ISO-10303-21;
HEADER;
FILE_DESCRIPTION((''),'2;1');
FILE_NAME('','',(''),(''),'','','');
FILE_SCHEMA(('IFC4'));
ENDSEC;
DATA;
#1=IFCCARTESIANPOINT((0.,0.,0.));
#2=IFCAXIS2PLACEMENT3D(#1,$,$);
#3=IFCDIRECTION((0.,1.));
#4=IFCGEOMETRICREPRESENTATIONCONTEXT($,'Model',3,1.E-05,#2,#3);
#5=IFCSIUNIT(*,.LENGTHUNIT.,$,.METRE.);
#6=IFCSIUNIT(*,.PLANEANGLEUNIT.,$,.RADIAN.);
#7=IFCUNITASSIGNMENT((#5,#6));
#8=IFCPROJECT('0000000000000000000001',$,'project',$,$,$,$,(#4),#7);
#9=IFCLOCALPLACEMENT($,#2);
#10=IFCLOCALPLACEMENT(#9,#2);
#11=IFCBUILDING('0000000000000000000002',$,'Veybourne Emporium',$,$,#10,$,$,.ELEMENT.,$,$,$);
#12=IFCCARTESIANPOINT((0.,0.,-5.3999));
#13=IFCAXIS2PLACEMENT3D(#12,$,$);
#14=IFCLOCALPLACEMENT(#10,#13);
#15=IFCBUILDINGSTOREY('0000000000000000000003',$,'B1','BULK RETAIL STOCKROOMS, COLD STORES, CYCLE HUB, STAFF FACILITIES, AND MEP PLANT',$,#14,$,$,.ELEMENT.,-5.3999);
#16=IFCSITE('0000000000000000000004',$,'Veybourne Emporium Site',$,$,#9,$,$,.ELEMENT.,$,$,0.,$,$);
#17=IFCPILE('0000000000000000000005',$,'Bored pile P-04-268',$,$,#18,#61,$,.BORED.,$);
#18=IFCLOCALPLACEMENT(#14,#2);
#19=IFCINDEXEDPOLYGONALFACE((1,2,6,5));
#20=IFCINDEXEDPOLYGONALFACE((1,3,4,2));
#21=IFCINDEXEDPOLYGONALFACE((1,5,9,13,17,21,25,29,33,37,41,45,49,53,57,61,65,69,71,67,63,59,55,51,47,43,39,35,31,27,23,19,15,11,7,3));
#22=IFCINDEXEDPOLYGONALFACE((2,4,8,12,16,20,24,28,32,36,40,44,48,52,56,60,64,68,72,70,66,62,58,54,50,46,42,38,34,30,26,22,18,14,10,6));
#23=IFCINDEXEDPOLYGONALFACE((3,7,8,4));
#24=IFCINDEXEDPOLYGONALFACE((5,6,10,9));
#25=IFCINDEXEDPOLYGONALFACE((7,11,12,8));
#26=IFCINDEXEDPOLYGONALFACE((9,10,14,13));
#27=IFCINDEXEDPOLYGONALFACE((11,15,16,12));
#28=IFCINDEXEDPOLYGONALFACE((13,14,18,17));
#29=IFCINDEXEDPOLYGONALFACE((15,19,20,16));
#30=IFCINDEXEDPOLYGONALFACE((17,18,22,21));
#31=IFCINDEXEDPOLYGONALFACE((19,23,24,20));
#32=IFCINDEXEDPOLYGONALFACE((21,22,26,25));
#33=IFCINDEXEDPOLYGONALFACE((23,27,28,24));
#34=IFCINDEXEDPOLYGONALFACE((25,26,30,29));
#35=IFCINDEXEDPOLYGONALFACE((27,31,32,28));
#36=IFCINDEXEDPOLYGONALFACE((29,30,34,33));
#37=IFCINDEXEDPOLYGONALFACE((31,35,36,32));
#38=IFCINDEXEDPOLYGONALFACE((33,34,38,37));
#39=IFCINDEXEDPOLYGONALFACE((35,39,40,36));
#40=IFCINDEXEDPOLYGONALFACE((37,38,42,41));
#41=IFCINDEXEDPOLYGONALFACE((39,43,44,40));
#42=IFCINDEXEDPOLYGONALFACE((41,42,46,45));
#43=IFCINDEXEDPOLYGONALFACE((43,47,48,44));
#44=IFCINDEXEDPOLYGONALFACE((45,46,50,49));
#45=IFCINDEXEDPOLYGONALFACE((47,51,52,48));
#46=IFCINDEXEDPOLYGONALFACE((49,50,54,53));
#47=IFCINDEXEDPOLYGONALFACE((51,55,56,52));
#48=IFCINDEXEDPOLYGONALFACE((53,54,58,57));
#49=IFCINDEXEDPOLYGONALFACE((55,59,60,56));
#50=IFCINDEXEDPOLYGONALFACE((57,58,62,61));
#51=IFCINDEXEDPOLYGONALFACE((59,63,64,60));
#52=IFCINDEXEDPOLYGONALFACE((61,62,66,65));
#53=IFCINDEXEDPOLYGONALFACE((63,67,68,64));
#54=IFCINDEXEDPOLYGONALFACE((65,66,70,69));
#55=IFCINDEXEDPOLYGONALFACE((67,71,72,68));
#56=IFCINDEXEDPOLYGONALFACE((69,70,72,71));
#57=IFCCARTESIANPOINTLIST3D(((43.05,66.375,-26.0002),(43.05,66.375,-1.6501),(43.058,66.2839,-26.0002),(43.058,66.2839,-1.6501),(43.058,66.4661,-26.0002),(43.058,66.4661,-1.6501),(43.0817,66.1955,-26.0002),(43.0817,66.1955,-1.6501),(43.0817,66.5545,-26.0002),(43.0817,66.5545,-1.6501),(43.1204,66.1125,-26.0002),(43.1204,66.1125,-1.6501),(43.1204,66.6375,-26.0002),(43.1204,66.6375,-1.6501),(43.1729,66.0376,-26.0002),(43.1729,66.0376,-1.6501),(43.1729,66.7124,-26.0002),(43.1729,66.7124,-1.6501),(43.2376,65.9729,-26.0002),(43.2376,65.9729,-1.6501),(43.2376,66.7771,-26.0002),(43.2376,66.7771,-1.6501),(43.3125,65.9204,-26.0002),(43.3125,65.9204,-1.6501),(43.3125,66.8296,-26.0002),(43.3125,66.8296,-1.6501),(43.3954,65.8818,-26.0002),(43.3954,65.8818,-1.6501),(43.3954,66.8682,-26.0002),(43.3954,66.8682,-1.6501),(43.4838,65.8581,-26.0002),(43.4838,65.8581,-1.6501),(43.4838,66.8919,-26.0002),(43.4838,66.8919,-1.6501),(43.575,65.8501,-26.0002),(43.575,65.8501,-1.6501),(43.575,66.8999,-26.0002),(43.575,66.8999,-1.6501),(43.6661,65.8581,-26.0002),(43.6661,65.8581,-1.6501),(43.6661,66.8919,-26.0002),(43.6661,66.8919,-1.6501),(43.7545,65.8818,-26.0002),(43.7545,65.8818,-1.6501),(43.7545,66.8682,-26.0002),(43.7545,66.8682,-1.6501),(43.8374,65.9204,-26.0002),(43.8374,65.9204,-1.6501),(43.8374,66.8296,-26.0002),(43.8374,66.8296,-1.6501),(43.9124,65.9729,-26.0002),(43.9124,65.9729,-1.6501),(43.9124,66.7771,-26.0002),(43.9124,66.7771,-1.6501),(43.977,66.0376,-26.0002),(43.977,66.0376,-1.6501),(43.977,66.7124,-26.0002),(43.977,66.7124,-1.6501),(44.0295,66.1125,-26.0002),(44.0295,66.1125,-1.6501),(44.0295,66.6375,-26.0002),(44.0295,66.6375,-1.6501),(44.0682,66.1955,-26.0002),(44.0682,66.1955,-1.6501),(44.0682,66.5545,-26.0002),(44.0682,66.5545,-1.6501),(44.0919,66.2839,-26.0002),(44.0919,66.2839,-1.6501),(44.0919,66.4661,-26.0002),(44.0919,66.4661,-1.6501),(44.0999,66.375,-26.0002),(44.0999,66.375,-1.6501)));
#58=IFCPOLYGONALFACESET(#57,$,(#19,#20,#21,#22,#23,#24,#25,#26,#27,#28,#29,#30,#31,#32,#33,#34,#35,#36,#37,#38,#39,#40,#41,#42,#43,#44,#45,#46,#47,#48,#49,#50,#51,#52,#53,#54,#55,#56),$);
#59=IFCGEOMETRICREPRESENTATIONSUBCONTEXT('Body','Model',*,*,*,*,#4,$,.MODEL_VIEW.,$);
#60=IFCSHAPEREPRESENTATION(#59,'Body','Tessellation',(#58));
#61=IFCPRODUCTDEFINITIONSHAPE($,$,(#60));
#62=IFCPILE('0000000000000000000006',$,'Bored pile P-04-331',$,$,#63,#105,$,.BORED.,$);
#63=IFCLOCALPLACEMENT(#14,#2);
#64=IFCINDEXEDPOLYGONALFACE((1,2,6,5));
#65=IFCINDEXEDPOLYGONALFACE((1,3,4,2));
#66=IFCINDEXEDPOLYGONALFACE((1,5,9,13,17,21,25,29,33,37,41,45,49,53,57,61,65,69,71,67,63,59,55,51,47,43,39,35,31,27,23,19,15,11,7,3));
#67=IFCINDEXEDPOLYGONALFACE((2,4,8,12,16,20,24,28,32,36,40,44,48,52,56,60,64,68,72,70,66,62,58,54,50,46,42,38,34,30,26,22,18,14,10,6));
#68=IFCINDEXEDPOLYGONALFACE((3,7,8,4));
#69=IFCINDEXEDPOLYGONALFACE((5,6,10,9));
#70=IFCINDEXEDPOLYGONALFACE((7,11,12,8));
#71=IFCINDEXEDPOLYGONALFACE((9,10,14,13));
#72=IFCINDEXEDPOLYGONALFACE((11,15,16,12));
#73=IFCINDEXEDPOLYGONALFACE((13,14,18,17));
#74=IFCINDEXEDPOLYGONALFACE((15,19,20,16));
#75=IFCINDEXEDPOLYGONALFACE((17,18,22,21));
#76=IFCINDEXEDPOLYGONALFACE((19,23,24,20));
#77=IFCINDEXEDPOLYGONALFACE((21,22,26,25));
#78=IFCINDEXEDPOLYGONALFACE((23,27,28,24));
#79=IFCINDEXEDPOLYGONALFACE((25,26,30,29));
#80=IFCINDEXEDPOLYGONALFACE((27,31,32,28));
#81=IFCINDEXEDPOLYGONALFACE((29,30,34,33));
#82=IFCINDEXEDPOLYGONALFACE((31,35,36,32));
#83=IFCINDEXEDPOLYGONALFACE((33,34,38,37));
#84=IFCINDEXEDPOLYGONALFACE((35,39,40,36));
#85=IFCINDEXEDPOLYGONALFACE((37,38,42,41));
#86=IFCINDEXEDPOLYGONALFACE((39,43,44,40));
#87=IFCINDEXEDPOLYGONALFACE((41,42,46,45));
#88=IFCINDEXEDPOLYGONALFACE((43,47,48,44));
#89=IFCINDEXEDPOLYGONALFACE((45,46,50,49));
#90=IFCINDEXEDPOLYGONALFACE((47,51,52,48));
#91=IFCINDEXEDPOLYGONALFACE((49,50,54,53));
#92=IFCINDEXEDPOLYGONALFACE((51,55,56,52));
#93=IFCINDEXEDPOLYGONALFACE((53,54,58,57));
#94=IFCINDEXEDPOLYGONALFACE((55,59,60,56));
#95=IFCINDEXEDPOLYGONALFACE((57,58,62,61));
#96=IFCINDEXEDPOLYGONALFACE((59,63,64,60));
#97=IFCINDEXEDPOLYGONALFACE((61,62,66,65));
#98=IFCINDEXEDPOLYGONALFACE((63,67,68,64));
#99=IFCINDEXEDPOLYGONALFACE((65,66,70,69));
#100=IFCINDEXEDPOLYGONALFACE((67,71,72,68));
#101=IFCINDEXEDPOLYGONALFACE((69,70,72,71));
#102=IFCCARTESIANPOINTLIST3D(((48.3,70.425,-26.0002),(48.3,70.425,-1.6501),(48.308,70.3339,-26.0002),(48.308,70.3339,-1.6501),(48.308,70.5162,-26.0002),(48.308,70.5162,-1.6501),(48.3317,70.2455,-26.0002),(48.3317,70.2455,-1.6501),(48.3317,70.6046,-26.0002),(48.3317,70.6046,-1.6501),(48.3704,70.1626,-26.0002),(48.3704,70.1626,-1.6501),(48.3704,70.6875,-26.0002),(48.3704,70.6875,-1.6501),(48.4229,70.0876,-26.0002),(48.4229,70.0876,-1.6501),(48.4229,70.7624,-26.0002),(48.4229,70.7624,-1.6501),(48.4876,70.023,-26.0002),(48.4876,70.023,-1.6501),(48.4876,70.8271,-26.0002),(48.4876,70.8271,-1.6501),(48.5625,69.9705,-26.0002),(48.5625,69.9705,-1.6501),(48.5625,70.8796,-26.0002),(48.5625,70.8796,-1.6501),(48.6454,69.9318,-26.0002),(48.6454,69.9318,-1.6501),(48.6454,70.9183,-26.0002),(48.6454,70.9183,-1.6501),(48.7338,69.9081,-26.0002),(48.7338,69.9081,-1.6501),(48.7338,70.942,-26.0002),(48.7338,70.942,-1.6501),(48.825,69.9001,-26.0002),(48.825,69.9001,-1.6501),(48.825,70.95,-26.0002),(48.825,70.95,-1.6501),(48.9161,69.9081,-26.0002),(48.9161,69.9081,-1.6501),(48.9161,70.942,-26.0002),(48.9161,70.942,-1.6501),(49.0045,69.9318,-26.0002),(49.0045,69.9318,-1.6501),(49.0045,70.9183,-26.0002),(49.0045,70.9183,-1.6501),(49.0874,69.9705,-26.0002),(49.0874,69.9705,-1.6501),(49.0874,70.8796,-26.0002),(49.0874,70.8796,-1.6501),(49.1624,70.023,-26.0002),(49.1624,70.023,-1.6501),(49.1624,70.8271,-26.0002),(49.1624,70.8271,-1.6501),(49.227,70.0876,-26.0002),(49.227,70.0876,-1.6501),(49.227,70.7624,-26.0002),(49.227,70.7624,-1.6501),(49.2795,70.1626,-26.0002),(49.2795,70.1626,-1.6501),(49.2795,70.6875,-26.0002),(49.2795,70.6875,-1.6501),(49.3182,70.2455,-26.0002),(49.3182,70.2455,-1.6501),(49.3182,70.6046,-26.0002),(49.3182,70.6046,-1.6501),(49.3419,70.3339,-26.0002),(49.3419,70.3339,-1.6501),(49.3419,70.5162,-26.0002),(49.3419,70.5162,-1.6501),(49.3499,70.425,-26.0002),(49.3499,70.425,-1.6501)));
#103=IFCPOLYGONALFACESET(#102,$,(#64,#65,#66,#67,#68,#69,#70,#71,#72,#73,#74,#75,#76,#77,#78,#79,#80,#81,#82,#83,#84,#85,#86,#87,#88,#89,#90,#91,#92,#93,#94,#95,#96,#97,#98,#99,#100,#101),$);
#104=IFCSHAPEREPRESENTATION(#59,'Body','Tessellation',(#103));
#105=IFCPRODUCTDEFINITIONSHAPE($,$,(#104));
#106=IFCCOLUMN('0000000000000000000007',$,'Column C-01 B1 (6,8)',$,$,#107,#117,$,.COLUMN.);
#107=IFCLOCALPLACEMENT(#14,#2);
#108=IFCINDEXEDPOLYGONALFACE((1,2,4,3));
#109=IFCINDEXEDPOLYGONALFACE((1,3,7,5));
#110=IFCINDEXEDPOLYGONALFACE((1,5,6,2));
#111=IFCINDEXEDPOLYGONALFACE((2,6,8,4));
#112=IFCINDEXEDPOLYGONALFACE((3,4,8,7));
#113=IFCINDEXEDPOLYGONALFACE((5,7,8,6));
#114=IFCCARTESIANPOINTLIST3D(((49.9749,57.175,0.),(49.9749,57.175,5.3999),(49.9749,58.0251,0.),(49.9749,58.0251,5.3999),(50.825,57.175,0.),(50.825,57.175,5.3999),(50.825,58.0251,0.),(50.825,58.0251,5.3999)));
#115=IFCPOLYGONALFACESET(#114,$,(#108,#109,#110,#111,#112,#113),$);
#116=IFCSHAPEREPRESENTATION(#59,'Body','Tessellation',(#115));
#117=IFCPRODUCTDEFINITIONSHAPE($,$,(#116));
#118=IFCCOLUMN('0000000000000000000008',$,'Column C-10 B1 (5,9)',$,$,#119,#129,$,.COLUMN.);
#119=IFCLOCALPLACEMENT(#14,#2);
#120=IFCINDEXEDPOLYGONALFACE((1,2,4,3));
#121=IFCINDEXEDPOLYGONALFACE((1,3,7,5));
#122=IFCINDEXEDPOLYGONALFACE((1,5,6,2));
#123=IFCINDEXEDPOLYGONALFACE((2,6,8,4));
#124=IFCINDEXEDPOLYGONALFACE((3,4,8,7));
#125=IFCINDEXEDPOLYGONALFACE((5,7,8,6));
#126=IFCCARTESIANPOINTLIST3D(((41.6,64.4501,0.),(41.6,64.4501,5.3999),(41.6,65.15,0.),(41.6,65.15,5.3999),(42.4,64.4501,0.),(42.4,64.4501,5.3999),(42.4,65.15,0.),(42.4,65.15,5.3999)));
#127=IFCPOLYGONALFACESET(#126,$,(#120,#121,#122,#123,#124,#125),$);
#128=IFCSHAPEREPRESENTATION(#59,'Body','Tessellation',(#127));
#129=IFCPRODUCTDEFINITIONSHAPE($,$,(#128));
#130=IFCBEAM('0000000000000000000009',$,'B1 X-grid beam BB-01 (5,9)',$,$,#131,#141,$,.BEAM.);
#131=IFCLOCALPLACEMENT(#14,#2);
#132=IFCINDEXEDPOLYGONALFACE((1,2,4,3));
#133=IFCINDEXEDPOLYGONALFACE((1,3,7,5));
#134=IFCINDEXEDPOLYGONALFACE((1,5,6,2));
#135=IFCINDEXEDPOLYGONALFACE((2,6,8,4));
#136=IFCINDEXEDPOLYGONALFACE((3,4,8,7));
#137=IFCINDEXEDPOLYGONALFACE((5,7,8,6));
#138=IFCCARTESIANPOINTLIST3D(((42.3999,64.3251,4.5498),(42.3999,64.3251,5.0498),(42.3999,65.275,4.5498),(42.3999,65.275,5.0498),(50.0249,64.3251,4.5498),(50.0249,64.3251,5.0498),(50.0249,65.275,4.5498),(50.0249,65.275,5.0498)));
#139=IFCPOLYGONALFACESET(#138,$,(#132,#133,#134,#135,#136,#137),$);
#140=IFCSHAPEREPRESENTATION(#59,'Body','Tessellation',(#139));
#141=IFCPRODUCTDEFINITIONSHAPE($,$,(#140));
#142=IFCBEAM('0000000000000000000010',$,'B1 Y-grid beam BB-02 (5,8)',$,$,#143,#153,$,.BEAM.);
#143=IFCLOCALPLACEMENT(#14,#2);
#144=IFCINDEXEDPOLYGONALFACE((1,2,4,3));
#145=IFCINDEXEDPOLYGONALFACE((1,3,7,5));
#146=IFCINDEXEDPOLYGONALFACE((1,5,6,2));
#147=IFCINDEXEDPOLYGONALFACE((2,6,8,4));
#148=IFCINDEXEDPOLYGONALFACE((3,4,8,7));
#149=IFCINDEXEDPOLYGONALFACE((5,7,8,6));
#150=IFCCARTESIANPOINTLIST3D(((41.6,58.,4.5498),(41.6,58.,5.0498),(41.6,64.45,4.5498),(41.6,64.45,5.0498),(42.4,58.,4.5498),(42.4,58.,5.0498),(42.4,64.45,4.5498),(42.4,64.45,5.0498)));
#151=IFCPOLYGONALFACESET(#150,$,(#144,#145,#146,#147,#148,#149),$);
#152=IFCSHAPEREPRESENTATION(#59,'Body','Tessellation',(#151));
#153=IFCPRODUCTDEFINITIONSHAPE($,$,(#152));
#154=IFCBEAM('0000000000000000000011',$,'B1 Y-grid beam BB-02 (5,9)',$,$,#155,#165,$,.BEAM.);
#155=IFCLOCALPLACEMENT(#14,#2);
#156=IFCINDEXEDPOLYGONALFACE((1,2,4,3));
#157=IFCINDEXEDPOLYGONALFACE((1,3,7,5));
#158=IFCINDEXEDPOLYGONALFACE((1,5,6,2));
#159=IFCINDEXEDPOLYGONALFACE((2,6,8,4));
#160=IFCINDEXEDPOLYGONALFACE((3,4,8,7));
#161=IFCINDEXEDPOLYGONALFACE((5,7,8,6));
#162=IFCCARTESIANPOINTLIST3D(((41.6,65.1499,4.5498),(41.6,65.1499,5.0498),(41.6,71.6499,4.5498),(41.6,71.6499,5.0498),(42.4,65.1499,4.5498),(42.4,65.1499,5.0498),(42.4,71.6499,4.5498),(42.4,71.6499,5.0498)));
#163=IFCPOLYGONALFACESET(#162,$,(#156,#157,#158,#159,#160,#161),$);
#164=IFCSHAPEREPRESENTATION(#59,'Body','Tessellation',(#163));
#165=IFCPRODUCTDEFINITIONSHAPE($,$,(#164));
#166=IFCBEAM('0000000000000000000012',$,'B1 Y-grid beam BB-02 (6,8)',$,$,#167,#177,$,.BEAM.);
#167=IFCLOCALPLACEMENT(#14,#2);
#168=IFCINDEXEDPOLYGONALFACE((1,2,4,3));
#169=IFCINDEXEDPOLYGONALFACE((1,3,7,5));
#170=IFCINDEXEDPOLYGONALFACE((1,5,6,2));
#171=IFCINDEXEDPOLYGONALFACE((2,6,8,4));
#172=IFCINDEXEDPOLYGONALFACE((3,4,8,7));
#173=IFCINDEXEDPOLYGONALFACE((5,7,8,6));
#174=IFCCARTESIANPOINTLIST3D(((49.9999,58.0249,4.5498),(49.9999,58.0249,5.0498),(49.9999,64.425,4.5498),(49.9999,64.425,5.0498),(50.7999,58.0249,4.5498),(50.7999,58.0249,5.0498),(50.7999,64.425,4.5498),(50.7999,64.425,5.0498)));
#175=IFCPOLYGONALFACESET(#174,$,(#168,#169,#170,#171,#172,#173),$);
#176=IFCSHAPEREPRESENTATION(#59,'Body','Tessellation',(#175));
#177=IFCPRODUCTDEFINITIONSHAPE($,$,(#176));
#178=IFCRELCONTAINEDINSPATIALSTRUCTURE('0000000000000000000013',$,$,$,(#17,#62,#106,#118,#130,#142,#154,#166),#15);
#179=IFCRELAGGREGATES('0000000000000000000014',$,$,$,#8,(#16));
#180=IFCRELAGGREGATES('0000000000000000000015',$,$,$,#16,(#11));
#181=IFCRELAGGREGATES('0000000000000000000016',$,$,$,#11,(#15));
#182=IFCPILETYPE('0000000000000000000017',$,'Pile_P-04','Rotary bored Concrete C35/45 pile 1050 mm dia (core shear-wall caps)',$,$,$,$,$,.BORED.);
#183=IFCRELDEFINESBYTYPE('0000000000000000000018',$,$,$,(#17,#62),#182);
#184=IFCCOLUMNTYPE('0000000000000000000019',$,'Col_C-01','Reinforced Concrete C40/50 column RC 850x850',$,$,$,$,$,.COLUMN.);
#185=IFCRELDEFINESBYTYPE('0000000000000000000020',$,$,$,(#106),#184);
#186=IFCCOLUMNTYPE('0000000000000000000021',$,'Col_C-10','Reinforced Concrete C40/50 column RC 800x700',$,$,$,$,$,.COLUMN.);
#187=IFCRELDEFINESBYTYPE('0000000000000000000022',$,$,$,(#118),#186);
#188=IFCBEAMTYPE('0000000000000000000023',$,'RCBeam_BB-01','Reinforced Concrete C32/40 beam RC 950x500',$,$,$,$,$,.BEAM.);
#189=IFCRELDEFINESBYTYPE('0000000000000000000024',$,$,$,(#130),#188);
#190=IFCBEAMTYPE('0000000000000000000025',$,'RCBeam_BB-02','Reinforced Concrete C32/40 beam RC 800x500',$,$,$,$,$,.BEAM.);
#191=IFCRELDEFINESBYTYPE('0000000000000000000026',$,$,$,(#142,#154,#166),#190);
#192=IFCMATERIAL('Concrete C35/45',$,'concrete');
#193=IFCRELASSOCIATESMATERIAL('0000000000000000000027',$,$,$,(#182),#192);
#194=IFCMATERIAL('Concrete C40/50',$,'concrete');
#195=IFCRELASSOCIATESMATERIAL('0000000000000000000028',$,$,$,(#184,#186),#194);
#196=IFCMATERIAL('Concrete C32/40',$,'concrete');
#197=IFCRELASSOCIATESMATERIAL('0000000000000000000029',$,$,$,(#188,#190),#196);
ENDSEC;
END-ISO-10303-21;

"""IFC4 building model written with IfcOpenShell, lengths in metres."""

from ifc_helpers import new_model, si_unit, direction, frame, origin, origin_2d, place, context, subcontext, project, spatial, rectangle, circle, extrude, material, material_profile, profile_set, type_object, element, save


model = new_model("IFC4")

# Units and contexts
model_context = context("Model", 3, precision=1e-05, world=origin(), true_north=direction((0.0, 1.0)))
body_context = subcontext(model_context, "Body", "Model", "MODEL_VIEW")
ifc_project = project(units=[si_unit("LENGTHUNIT", "METRE"), si_unit("PLANEANGLEUNIT", "RADIAN")], contexts=[model_context])

# Site, building, storey
site_placement = place(None, origin())
site = spatial("IfcSite", under=ifc_project, at=site_placement, Name="Veybourne Emporium Site", CompositionType="ELEMENT", RefElevation=0.0)
building_placement = place(site_placement, origin())
building = spatial("IfcBuilding", under=site, at=building_placement, Name="Veybourne Emporium", CompositionType="ELEMENT")
storey_placement = place(building_placement, frame((0.0, 0.0, -5.3999)))
storey = spatial("IfcBuildingStorey", under=building, at=storey_placement, Name="B1", Description="BULK RETAIL STOCKROOMS, COLD STORES, CYCLE HUB, STAFF FACILITIES, AND MEP PLANT", CompositionType="ELEMENT", Elevation=-5.3999)

# Shared definitions
ifc_material_1 = material(Name="Concrete C35/45", Category="concrete")

# Piles
ifc_material_profile_1 = material_profile(ifc_material_1, circle(Radius=0.5249, at=origin_2d()), Name="BORED PILE 1050")
ifc_profile_set_1 = profile_set([ifc_material_profile_1], Name="Concrete C35/45")
pile_type_1 = type_object("IfcPileType", Name="Pile_P-04", Description="Rotary bored Concrete C35/45 pile 1050 mm dia (core shear-wall caps)", PredefinedType="BORED", material=ifc_profile_set_1)
for number, where, z_axis, x_axis, name in (
    (1, (43.575, 66.375, -1.6501), (0.0, 0.0, -1.0), (1.0, 0.0, 0.0), "Bored pile P-04-268"),
    (2, (48.825, 70.425, -1.6501), (0.0, 0.0, -1.0), (1.0, 0.0, 0.0), "Bored pile P-04-331"),
):
    element("IfcPile", number, at=place(storey_placement, frame(where, z_axis=z_axis, x_axis=x_axis)), inside=storey, type_object=pile_type_1, Name=name, PredefinedType="BORED", context=body_context, shape_type="SweptSolid", body=[
        extrude(circle(Radius=0.5249, at=origin_2d()), origin(), (0.0, 0.0, 1.0), 24.3501),
    ])

# Columns
ifc_material_2 = material(Name="Concrete C40/50", Category="concrete")
ifc_material_profile_2 = material_profile(ifc_material_2, rectangle(XDim=0.8501, YDim=0.8501, at=origin_2d()), Name="RC 850x850")
ifc_profile_set_2 = profile_set([ifc_material_profile_2], Name="Concrete C40/50")
column_type_1 = type_object("IfcColumnType", Name="Col_C-01", Description="Reinforced Concrete C40/50 column RC 850x850", PredefinedType="COLUMN", material=ifc_profile_set_2)
column_1_placement = place(storey_placement, frame((50.3999, 57.6001, 0.0), z_axis=(0.0, 0.0, 1.0), x_axis=(1.0, 0.0, 0.0)))
element("IfcColumn", 3, at=column_1_placement, inside=storey, type_object=column_type_1, Name="Column C-01 B1 (6,8)", PredefinedType="COLUMN", context=body_context, shape_type="SweptSolid", body=[
    extrude(rectangle(XDim=0.8501, YDim=0.8501, at=origin_2d()), origin(), (0.0, 0.0, 1.0), 5.3999),
])
ifc_material_profile_3 = material_profile(ifc_material_2, rectangle(XDim=0.8, YDim=0.7, at=origin_2d()), Name="RC 800x700")
ifc_profile_set_3 = profile_set([ifc_material_profile_3], Name="Concrete C40/50")
column_type_2 = type_object("IfcColumnType", Name="Col_C-10", Description="Reinforced Concrete C40/50 column RC 800x700", PredefinedType="COLUMN", material=ifc_profile_set_3)
column_2_placement = place(storey_placement, frame((42.0, 64.8, 0.0), z_axis=(0.0, 0.0, 1.0), x_axis=(1.0, 0.0, 0.0)))
element("IfcColumn", 4, at=column_2_placement, inside=storey, type_object=column_type_2, Name="Column C-10 B1 (5,9)", PredefinedType="COLUMN", context=body_context, shape_type="SweptSolid", body=[
    extrude(rectangle(XDim=0.8, YDim=0.7, at=origin_2d()), origin(), (0.0, 0.0, 1.0), 5.3999),
])

# Beams
ifc_material_3 = material(Name="Concrete C32/40", Category="concrete")
ifc_material_profile_4 = material_profile(ifc_material_3, rectangle(XDim=0.95, YDim=0.5, at=origin_2d()), Name="RC 950x500")
ifc_profile_set_4 = profile_set([ifc_material_profile_4], Name="Concrete C32/40")
beam_type_1 = type_object("IfcBeamType", Name="RCBeam_BB-01", Description="Reinforced Concrete C32/40 beam RC 950x500", PredefinedType="BEAM", material=ifc_profile_set_4)
beam_1_placement = place(storey_placement, frame((42.3999, 64.8, 4.7998), z_axis=(1.0, 0.0, 0.0), x_axis=(0.0, 1.0, 0.0)))
element("IfcBeam", 5, at=beam_1_placement, inside=storey, type_object=beam_type_1, Name="B1 X-grid beam BB-01 (5,9)", PredefinedType="BEAM", context=body_context, shape_type="SweptSolid", body=[
    extrude(rectangle(XDim=0.95, YDim=0.5, at=origin_2d()), origin(), (0.0, 0.0, 1.0), 7.625),
])
ifc_material_profile_5 = material_profile(ifc_material_3, rectangle(XDim=0.8, YDim=0.5, at=origin_2d()), Name="RC 800x500")
ifc_profile_set_5 = profile_set([ifc_material_profile_5], Name="Concrete C32/40")
beam_type_2 = type_object("IfcBeamType", Name="RCBeam_BB-02", Description="Reinforced Concrete C32/40 beam RC 800x500", PredefinedType="BEAM", material=ifc_profile_set_5)
beam_2_placement = place(storey_placement, frame((42.0, 58.0, 4.7998), z_axis=(0.0, 1.0, 0.0), x_axis=(-1.0, 0.0, 0.0)))
element("IfcBeam", 6, at=beam_2_placement, inside=storey, type_object=beam_type_2, Name="B1 Y-grid beam BB-02 (5,8)", PredefinedType="BEAM", context=body_context, shape_type="SweptSolid", body=[
    extrude(rectangle(XDim=0.8, YDim=0.5, at=origin_2d()), origin(), (0.0, 0.0, 1.0), 6.45),
])
beam_3_placement = place(storey_placement, frame((42.0, 65.1499, 4.7998), z_axis=(0.0, 1.0, 0.0), x_axis=(-1.0, 0.0, 0.0)))
element("IfcBeam", 7, at=beam_3_placement, inside=storey, type_object=beam_type_2, Name="B1 Y-grid beam BB-02 (5,9)", PredefinedType="BEAM", context=body_context, shape_type="SweptSolid", body=[
    extrude(rectangle(XDim=0.8, YDim=0.5, at=origin_2d()), origin(), (0.0, 0.0, 1.0), 6.5),
])
beam_4_placement = place(storey_placement, frame((50.3999, 58.0249, 4.7998), z_axis=(0.0, 1.0, 0.0), x_axis=(-1.0, 0.0, 0.0)))
element("IfcBeam", 8, at=beam_4_placement, inside=storey, type_object=beam_type_2, Name="B1 Y-grid beam BB-02 (6,8)", PredefinedType="BEAM", context=body_context, shape_type="SweptSolid", body=[
    extrude(rectangle(XDim=0.8, YDim=0.5, at=origin_2d()), origin(), (0.0, 0.0, 1.0), 6.4001),
])

save(model, "model.ifc")
